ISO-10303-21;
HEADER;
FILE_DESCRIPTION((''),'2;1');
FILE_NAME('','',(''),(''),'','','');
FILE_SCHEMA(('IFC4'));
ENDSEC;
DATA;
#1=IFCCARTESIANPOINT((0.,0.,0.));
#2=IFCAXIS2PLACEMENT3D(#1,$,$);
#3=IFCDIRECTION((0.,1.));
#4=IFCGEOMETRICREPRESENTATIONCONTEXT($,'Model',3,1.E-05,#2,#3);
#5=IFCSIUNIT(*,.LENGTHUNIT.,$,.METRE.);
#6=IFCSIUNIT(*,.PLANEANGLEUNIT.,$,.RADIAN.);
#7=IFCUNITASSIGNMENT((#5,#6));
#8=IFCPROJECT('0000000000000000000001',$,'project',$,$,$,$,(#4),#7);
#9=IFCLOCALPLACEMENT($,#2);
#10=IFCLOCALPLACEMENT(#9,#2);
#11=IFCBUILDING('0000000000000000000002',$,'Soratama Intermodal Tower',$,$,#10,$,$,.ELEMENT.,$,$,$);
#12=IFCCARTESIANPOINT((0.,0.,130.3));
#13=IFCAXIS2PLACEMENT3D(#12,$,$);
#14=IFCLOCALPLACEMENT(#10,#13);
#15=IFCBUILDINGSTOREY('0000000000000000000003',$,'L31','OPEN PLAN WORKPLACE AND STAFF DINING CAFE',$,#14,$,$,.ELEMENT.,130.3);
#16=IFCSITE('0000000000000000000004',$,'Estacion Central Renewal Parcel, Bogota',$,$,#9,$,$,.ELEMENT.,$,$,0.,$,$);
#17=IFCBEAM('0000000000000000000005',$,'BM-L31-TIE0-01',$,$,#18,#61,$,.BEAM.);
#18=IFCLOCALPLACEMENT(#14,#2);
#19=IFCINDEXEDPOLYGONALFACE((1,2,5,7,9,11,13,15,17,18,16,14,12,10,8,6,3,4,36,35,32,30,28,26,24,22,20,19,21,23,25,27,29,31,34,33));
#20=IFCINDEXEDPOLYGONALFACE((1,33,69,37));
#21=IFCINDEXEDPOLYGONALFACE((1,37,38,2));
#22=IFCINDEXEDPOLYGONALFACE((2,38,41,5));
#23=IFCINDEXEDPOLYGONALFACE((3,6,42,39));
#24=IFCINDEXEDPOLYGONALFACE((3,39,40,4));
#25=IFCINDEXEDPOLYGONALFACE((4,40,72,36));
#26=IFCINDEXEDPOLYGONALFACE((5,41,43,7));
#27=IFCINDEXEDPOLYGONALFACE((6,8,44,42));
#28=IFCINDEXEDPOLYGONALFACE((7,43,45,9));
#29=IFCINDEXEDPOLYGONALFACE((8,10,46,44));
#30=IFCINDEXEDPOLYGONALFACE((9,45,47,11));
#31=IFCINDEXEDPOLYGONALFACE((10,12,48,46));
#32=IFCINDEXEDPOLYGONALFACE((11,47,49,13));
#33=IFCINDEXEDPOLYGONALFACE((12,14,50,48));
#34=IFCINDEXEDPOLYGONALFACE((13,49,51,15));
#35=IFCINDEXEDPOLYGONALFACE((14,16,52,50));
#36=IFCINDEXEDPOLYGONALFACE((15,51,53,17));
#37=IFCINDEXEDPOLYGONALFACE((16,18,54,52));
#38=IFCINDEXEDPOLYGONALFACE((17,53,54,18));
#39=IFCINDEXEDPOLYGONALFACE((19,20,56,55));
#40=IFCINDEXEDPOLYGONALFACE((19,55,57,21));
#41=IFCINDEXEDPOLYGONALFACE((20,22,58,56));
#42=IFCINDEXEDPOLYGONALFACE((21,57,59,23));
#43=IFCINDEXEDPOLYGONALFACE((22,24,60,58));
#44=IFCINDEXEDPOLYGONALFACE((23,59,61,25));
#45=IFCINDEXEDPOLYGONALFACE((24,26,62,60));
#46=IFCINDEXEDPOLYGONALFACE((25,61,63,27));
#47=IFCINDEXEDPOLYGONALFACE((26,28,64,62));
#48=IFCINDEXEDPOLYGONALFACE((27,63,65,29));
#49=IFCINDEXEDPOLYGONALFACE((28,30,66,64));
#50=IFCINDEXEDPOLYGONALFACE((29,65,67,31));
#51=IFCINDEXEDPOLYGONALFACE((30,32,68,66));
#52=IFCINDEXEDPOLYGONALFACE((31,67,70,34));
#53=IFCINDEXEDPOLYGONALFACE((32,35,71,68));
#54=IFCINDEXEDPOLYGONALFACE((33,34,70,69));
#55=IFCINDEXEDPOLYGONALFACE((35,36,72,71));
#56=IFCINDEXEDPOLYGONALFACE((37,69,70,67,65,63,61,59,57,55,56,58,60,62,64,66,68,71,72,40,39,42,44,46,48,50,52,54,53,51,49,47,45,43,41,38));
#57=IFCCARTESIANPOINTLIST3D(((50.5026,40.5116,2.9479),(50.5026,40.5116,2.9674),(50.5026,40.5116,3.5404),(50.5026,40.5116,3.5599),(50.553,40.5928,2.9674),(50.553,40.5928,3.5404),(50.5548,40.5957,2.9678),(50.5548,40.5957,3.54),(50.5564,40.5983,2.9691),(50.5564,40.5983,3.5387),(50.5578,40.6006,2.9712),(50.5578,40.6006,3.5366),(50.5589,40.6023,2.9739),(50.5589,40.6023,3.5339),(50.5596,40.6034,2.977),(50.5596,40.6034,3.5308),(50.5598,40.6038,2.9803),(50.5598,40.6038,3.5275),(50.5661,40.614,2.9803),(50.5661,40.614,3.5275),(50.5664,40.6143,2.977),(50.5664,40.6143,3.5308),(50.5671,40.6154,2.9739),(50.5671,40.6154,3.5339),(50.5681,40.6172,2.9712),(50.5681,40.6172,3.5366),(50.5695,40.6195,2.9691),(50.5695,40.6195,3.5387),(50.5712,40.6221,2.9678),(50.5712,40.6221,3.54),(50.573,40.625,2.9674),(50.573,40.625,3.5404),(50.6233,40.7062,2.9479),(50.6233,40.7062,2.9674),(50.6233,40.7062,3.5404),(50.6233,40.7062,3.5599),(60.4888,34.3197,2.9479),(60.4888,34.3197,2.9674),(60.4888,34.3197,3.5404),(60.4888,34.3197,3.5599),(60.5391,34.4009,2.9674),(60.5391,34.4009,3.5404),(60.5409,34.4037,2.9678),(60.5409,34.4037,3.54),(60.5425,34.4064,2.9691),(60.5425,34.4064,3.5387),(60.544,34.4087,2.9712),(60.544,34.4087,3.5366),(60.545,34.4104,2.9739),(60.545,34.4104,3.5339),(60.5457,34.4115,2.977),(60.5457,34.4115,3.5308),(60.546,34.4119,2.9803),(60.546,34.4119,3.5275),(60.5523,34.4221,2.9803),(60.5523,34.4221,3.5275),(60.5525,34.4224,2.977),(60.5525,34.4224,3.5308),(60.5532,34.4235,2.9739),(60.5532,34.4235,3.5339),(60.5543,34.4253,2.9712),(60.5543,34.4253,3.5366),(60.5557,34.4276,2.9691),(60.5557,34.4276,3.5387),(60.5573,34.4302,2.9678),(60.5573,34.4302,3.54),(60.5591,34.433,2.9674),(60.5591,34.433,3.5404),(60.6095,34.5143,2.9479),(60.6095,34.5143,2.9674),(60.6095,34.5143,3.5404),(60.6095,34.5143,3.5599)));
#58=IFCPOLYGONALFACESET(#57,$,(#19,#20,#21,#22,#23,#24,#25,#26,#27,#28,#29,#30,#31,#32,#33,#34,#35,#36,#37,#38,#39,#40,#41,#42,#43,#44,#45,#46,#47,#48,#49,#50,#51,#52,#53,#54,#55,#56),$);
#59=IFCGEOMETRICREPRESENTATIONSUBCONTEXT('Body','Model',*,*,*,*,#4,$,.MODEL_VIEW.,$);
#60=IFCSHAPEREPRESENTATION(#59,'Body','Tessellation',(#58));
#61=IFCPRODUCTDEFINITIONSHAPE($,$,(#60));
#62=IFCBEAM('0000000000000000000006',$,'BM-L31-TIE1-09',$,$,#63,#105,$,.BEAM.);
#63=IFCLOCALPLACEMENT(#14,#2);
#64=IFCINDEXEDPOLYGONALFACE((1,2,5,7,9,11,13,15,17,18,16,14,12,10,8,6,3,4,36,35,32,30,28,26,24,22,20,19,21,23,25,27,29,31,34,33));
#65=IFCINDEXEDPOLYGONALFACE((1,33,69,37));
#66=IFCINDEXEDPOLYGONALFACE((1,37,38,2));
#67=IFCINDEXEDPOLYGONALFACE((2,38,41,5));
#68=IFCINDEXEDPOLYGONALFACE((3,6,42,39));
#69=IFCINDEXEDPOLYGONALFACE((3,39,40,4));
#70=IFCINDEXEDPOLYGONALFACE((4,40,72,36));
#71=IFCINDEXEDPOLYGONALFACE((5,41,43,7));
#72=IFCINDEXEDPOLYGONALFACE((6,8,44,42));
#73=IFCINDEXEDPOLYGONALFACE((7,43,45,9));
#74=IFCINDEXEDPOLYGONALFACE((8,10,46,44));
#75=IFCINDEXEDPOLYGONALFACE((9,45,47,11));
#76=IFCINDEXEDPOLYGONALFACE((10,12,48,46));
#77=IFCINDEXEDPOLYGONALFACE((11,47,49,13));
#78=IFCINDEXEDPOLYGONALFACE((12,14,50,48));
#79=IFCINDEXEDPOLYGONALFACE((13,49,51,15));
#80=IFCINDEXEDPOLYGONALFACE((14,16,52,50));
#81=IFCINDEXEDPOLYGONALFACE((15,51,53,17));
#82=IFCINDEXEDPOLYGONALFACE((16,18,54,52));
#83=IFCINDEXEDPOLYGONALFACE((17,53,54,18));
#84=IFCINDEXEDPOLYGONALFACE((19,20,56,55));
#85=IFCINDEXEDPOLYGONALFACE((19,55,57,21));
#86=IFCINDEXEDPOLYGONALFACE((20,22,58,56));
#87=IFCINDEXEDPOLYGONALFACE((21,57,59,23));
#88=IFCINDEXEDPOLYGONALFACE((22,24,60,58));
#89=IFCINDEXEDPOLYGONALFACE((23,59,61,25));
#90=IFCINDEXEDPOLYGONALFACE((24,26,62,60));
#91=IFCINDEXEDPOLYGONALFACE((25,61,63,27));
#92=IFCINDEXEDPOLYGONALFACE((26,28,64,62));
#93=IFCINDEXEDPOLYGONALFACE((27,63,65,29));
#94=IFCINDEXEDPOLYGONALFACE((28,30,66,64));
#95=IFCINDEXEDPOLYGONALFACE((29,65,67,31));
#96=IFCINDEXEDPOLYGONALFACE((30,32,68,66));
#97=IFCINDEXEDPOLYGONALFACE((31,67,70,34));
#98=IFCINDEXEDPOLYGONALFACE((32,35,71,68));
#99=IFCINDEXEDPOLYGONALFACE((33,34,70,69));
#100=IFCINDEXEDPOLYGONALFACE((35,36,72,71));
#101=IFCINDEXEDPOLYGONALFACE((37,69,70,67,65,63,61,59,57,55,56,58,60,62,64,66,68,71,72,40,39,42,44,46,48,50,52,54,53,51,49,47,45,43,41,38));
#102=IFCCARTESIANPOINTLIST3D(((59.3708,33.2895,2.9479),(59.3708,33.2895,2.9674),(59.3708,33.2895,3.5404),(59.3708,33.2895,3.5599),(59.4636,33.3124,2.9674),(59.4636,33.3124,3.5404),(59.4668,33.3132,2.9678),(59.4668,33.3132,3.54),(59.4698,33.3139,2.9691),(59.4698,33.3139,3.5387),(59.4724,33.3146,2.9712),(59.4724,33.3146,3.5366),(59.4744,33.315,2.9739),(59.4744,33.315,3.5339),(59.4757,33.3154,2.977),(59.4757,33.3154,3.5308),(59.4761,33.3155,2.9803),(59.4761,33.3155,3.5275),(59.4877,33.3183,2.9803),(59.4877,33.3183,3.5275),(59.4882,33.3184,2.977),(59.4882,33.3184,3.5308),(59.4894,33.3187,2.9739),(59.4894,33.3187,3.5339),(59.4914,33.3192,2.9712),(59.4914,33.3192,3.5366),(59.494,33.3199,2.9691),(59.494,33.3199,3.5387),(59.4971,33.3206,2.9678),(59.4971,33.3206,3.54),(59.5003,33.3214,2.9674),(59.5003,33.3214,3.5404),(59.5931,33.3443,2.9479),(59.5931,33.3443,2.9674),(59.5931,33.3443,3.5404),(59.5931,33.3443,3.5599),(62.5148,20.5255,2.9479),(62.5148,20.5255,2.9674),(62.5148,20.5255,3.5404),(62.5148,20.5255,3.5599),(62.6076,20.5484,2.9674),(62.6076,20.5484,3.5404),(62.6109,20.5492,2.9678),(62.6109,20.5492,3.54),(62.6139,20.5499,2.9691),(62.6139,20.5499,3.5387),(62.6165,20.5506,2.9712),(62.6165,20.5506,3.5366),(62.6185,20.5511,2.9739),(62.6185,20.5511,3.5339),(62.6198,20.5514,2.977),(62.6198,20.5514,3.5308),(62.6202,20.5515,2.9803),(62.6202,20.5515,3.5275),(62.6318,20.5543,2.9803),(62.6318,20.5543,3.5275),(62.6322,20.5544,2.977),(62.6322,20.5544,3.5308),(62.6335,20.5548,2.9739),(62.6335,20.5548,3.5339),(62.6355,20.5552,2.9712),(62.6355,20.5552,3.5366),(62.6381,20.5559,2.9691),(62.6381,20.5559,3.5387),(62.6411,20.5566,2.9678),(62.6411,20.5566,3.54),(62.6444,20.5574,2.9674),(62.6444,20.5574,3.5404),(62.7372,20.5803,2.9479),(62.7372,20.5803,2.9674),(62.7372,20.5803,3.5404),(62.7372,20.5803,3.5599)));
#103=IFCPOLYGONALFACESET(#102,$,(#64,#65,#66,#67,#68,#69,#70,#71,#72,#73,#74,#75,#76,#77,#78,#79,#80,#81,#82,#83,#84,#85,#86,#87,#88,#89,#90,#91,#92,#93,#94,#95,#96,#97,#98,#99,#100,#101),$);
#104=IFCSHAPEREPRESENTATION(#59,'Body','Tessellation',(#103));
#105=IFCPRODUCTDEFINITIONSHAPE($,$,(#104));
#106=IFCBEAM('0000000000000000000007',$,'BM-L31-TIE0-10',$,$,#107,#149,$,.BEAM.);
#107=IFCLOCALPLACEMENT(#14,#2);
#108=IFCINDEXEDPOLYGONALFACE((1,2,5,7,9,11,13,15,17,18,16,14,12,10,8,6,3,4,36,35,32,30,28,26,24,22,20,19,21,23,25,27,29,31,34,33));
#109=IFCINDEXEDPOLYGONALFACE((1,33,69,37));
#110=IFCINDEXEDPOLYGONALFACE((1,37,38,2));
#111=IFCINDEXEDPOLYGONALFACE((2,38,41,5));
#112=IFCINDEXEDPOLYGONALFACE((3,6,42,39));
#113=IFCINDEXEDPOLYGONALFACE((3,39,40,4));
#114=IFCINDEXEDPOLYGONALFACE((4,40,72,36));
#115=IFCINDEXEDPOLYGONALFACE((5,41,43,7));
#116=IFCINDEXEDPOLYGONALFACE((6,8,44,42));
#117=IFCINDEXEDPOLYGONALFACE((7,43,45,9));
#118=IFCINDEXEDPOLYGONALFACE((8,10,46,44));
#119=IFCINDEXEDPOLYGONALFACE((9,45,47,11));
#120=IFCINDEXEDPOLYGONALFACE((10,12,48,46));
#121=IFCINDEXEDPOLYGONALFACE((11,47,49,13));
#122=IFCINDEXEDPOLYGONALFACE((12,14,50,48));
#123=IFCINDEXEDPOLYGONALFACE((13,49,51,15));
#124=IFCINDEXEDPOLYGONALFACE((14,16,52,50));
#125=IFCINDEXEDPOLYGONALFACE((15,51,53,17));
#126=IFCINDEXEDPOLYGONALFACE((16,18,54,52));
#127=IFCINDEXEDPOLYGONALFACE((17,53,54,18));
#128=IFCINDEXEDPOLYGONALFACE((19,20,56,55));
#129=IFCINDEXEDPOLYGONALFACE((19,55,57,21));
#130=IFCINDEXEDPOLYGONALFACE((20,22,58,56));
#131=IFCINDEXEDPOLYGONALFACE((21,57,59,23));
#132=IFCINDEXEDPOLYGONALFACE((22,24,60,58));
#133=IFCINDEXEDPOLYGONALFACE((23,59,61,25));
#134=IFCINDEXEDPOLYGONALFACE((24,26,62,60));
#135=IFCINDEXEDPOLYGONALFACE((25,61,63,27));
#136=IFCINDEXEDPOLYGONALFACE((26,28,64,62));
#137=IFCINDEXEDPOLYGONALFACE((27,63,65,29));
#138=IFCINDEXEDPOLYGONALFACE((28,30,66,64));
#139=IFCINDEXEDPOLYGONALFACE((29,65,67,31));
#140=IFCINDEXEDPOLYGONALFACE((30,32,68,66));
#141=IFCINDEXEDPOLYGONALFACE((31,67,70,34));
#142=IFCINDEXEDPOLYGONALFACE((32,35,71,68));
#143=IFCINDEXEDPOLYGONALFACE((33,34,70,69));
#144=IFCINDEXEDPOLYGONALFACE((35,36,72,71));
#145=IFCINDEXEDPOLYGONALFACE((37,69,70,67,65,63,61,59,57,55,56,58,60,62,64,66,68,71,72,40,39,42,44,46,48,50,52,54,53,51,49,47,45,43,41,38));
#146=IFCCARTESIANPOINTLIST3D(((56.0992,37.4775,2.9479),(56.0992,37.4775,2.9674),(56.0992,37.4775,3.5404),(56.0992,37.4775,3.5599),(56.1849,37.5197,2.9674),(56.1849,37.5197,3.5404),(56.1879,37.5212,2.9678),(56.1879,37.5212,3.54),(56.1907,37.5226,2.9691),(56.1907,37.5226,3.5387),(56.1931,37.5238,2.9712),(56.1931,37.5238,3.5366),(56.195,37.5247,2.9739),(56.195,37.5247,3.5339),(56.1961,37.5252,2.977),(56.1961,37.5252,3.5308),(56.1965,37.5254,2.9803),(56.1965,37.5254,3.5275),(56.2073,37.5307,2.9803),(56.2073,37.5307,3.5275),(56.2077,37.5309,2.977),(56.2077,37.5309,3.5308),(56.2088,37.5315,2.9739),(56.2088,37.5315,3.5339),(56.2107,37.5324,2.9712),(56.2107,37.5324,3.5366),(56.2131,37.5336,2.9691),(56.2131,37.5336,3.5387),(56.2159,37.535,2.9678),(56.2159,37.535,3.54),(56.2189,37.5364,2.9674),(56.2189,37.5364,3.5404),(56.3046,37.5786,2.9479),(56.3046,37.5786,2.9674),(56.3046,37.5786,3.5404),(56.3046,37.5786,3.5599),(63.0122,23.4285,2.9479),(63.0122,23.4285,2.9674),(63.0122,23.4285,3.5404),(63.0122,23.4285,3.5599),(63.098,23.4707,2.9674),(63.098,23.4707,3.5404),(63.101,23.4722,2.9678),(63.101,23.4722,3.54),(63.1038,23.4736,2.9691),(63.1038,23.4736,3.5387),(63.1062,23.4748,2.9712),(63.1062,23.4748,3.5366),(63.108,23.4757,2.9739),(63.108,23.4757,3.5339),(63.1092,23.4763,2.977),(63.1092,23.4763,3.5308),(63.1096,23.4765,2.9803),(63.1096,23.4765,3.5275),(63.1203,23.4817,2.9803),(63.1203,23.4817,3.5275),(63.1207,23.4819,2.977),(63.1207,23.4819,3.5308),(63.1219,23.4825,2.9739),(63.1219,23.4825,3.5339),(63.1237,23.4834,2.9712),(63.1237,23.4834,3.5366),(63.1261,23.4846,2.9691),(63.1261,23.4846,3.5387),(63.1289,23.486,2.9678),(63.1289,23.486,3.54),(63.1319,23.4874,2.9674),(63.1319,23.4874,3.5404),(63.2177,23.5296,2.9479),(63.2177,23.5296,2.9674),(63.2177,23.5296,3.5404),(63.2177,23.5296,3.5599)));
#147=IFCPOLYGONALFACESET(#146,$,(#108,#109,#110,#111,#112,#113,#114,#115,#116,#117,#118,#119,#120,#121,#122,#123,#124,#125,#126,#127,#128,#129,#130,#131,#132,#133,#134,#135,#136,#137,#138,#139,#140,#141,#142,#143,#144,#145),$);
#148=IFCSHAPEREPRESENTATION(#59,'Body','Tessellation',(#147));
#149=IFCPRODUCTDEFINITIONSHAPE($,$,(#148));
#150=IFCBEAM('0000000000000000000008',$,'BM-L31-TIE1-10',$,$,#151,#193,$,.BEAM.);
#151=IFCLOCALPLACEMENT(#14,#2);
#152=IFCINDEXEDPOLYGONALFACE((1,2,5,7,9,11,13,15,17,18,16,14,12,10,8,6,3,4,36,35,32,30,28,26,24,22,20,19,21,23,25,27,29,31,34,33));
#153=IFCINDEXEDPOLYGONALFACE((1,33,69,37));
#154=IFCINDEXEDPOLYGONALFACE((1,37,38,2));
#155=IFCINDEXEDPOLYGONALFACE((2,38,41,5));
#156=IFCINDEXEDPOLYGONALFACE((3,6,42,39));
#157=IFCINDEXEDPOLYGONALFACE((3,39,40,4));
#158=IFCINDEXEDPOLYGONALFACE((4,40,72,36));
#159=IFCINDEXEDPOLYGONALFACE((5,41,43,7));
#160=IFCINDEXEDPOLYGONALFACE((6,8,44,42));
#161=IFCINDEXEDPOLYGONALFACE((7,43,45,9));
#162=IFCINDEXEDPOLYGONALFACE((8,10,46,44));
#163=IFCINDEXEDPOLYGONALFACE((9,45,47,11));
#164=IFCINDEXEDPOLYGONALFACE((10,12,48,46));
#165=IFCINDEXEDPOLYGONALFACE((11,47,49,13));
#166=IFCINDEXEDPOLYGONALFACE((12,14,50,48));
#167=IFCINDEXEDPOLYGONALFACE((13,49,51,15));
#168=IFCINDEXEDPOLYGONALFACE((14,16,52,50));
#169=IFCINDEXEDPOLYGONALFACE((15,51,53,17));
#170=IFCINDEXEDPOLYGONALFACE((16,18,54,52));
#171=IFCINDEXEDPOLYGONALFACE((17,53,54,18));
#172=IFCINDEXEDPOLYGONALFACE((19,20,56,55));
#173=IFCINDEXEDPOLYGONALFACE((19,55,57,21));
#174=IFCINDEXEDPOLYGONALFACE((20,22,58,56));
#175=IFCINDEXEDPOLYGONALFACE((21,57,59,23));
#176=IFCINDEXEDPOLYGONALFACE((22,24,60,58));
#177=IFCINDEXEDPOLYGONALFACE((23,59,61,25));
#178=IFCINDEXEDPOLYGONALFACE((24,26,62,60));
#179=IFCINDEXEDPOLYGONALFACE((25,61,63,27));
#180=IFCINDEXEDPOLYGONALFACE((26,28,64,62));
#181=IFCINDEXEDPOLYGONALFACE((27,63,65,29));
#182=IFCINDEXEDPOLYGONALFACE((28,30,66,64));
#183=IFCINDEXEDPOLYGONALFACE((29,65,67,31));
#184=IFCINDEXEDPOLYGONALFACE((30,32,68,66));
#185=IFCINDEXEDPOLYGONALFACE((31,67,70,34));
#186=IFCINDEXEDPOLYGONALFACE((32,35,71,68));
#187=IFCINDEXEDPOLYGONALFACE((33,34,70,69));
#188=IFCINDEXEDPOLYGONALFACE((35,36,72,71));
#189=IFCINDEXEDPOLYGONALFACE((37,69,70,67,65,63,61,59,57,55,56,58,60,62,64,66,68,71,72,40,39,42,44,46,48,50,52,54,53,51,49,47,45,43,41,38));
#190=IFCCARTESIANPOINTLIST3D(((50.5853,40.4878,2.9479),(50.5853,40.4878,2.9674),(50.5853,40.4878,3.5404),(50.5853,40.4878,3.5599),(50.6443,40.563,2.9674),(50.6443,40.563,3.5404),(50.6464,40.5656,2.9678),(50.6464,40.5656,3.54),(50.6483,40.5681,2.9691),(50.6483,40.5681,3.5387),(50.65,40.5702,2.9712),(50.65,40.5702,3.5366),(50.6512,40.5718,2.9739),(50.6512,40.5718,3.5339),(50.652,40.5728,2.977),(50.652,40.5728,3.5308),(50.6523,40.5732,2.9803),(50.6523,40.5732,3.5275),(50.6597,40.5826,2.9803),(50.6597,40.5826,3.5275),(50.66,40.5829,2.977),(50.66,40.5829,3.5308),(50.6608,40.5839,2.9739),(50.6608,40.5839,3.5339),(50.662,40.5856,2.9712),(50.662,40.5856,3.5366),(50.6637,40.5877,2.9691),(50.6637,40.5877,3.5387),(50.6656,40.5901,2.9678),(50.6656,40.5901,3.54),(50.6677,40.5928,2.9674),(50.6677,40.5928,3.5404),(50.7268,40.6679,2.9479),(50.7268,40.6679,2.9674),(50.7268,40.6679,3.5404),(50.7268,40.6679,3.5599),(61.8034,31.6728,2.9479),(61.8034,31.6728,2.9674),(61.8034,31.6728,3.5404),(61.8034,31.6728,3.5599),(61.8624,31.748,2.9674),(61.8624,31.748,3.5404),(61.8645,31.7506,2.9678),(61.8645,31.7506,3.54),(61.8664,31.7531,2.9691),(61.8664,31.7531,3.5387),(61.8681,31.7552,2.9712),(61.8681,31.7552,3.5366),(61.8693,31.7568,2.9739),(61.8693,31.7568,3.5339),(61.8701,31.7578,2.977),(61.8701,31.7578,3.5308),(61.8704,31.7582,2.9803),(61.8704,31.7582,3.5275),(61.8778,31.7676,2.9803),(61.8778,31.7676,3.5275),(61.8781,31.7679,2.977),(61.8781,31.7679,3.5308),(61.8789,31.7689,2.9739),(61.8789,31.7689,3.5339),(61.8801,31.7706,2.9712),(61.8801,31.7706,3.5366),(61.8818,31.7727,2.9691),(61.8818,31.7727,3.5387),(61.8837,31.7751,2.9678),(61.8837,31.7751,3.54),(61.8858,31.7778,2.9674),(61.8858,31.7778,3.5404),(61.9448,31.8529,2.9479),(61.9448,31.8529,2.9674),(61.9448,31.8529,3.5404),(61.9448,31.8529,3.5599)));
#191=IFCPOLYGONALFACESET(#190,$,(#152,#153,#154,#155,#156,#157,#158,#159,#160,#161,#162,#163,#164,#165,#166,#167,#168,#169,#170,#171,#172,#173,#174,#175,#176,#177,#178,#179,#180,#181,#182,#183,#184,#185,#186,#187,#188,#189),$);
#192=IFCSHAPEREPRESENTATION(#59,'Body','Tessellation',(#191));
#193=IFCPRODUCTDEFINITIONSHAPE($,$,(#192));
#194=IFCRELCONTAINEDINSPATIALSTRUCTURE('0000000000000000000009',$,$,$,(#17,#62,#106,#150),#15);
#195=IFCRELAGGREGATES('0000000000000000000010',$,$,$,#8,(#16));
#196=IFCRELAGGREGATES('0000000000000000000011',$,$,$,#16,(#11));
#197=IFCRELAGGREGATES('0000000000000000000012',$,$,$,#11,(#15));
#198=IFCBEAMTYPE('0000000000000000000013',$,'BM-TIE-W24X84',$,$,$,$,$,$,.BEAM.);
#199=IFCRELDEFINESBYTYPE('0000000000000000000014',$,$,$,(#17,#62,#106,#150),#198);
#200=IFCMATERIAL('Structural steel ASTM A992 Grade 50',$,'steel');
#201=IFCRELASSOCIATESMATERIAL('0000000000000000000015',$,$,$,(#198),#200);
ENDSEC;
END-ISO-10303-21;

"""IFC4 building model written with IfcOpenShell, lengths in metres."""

from ifc_helpers import new_model, si_unit, direction, frame, origin, origin_2d, place, context, subcontext, project, spatial, i_section, extrude, material, material_profile, profile_set, type_object, element, save


model = new_model("IFC4")

# Units and contexts
model_context = context("Model", 3, precision=1e-05, world=origin(), true_north=direction((0.0, 1.0)))
body_context = subcontext(model_context, "Body", "Model", "MODEL_VIEW")
ifc_project = project(units=[si_unit("LENGTHUNIT", "METRE"), si_unit("PLANEANGLEUNIT", "RADIAN")], contexts=[model_context])

# Site, building, storey
site_placement = place(None, origin())
site = spatial("IfcSite", under=ifc_project, at=site_placement, Name="Estacion Central Renewal Parcel, Bogota", CompositionType="ELEMENT", RefElevation=0.0)
building_placement = place(site_placement, origin())
building = spatial("IfcBuilding", under=site, at=building_placement, Name="Soratama Intermodal Tower", CompositionType="ELEMENT")
storey_placement = place(building_placement, frame((0.0, 0.0, 130.3)))
storey = spatial("IfcBuildingStorey", under=building, at=storey_placement, Name="L31", Description="OPEN PLAN WORKPLACE AND STAFF DINING CAFE", CompositionType="ELEMENT", Elevation=130.3)

# Beams
ifc_material_1 = material(Name="Structural steel ASTM A992 Grade 50", Category="steel")
ifc_material_profile_1 = material_profile(ifc_material_1, i_section(OverallWidth=0.229, OverallDepth=0.6121, WebThickness=0.012, FlangeThickness=0.0195, FilletRadius=0.0129, at=origin_2d()), Name="W24X84")
ifc_profile_set_1 = profile_set([ifc_material_profile_1], Name="Structural steel ASTM A992 Grade 50")
beam_type_1 = type_object("IfcBeamType", Name="BM-TIE-W24X84", PredefinedType="BEAM", material=ifc_profile_set_1)
beam_1_placement = place(storey_placement, frame((50.563, 40.6089, 3.2539), z_axis=(0.849883, -0.526972, 0.0), x_axis=(0.526972, 0.849883, 0.0)))
element("IfcBeam", 1, at=beam_1_placement, inside=storey, type_object=beam_type_1, Name="BM-L31-TIE0-01", PredefinedType="BEAM", context=body_context, shape_type="SweptSolid", body=[
    extrude(i_section(OverallWidth=0.229, OverallDepth=0.6121, WebThickness=0.012, FlangeThickness=0.0195, FilletRadius=0.0129, at=origin_2d()), origin(), (0.0, 0.0, 1.0), 11.75),
])
beam_2_placement = place(storey_placement, frame((59.4819, 33.3169, 3.2539), z_axis=(0.239174, -0.970977, 0.0), x_axis=(0.970977, 0.239174, 0.0)))
element("IfcBeam", 2, at=beam_2_placement, inside=storey, type_object=beam_type_1, Name="BM-L31-TIE1-09", PredefinedType="BEAM", context=body_context, shape_type="SweptSolid", body=[
    extrude(i_section(OverallWidth=0.229, OverallDepth=0.6121, WebThickness=0.012, FlangeThickness=0.0195, FilletRadius=0.0129, at=origin_2d()), origin(), (0.0, 0.0, 1.0), 13.1455),
])
beam_3_placement = place(storey_placement, frame((56.2019, 37.5281, 3.2539), z_axis=(0.44151, -0.897256, 0.0), x_axis=(0.897256, 0.44151, 0.0)))
element("IfcBeam", 3, at=beam_3_placement, inside=storey, type_object=beam_type_1, Name="BM-L31-TIE0-10", PredefinedType="BEAM", context=body_context, shape_type="SweptSolid", body=[
    extrude(i_section(OverallWidth=0.229, OverallDepth=0.6121, WebThickness=0.012, FlangeThickness=0.0195, FilletRadius=0.0129, at=origin_2d()), origin(), (0.0, 0.0, 1.0), 15.6577),
])
beam_4_placement = place(storey_placement, frame((50.656, 40.5779, 3.2539), z_axis=(0.786292, -0.617856, 0.0), x_axis=(0.617856, 0.786292, 0.0)))
element("IfcBeam", 4, at=beam_4_placement, inside=storey, type_object=beam_type_1, Name="BM-L31-TIE1-10", PredefinedType="BEAM", context=body_context, shape_type="SweptSolid", body=[
    extrude(i_section(OverallWidth=0.229, OverallDepth=0.6121, WebThickness=0.012, FlangeThickness=0.0195, FilletRadius=0.0129, at=origin_2d()), origin(), (0.0, 0.0, 1.0), 14.2671),
])

save(model, "model.ifc")
